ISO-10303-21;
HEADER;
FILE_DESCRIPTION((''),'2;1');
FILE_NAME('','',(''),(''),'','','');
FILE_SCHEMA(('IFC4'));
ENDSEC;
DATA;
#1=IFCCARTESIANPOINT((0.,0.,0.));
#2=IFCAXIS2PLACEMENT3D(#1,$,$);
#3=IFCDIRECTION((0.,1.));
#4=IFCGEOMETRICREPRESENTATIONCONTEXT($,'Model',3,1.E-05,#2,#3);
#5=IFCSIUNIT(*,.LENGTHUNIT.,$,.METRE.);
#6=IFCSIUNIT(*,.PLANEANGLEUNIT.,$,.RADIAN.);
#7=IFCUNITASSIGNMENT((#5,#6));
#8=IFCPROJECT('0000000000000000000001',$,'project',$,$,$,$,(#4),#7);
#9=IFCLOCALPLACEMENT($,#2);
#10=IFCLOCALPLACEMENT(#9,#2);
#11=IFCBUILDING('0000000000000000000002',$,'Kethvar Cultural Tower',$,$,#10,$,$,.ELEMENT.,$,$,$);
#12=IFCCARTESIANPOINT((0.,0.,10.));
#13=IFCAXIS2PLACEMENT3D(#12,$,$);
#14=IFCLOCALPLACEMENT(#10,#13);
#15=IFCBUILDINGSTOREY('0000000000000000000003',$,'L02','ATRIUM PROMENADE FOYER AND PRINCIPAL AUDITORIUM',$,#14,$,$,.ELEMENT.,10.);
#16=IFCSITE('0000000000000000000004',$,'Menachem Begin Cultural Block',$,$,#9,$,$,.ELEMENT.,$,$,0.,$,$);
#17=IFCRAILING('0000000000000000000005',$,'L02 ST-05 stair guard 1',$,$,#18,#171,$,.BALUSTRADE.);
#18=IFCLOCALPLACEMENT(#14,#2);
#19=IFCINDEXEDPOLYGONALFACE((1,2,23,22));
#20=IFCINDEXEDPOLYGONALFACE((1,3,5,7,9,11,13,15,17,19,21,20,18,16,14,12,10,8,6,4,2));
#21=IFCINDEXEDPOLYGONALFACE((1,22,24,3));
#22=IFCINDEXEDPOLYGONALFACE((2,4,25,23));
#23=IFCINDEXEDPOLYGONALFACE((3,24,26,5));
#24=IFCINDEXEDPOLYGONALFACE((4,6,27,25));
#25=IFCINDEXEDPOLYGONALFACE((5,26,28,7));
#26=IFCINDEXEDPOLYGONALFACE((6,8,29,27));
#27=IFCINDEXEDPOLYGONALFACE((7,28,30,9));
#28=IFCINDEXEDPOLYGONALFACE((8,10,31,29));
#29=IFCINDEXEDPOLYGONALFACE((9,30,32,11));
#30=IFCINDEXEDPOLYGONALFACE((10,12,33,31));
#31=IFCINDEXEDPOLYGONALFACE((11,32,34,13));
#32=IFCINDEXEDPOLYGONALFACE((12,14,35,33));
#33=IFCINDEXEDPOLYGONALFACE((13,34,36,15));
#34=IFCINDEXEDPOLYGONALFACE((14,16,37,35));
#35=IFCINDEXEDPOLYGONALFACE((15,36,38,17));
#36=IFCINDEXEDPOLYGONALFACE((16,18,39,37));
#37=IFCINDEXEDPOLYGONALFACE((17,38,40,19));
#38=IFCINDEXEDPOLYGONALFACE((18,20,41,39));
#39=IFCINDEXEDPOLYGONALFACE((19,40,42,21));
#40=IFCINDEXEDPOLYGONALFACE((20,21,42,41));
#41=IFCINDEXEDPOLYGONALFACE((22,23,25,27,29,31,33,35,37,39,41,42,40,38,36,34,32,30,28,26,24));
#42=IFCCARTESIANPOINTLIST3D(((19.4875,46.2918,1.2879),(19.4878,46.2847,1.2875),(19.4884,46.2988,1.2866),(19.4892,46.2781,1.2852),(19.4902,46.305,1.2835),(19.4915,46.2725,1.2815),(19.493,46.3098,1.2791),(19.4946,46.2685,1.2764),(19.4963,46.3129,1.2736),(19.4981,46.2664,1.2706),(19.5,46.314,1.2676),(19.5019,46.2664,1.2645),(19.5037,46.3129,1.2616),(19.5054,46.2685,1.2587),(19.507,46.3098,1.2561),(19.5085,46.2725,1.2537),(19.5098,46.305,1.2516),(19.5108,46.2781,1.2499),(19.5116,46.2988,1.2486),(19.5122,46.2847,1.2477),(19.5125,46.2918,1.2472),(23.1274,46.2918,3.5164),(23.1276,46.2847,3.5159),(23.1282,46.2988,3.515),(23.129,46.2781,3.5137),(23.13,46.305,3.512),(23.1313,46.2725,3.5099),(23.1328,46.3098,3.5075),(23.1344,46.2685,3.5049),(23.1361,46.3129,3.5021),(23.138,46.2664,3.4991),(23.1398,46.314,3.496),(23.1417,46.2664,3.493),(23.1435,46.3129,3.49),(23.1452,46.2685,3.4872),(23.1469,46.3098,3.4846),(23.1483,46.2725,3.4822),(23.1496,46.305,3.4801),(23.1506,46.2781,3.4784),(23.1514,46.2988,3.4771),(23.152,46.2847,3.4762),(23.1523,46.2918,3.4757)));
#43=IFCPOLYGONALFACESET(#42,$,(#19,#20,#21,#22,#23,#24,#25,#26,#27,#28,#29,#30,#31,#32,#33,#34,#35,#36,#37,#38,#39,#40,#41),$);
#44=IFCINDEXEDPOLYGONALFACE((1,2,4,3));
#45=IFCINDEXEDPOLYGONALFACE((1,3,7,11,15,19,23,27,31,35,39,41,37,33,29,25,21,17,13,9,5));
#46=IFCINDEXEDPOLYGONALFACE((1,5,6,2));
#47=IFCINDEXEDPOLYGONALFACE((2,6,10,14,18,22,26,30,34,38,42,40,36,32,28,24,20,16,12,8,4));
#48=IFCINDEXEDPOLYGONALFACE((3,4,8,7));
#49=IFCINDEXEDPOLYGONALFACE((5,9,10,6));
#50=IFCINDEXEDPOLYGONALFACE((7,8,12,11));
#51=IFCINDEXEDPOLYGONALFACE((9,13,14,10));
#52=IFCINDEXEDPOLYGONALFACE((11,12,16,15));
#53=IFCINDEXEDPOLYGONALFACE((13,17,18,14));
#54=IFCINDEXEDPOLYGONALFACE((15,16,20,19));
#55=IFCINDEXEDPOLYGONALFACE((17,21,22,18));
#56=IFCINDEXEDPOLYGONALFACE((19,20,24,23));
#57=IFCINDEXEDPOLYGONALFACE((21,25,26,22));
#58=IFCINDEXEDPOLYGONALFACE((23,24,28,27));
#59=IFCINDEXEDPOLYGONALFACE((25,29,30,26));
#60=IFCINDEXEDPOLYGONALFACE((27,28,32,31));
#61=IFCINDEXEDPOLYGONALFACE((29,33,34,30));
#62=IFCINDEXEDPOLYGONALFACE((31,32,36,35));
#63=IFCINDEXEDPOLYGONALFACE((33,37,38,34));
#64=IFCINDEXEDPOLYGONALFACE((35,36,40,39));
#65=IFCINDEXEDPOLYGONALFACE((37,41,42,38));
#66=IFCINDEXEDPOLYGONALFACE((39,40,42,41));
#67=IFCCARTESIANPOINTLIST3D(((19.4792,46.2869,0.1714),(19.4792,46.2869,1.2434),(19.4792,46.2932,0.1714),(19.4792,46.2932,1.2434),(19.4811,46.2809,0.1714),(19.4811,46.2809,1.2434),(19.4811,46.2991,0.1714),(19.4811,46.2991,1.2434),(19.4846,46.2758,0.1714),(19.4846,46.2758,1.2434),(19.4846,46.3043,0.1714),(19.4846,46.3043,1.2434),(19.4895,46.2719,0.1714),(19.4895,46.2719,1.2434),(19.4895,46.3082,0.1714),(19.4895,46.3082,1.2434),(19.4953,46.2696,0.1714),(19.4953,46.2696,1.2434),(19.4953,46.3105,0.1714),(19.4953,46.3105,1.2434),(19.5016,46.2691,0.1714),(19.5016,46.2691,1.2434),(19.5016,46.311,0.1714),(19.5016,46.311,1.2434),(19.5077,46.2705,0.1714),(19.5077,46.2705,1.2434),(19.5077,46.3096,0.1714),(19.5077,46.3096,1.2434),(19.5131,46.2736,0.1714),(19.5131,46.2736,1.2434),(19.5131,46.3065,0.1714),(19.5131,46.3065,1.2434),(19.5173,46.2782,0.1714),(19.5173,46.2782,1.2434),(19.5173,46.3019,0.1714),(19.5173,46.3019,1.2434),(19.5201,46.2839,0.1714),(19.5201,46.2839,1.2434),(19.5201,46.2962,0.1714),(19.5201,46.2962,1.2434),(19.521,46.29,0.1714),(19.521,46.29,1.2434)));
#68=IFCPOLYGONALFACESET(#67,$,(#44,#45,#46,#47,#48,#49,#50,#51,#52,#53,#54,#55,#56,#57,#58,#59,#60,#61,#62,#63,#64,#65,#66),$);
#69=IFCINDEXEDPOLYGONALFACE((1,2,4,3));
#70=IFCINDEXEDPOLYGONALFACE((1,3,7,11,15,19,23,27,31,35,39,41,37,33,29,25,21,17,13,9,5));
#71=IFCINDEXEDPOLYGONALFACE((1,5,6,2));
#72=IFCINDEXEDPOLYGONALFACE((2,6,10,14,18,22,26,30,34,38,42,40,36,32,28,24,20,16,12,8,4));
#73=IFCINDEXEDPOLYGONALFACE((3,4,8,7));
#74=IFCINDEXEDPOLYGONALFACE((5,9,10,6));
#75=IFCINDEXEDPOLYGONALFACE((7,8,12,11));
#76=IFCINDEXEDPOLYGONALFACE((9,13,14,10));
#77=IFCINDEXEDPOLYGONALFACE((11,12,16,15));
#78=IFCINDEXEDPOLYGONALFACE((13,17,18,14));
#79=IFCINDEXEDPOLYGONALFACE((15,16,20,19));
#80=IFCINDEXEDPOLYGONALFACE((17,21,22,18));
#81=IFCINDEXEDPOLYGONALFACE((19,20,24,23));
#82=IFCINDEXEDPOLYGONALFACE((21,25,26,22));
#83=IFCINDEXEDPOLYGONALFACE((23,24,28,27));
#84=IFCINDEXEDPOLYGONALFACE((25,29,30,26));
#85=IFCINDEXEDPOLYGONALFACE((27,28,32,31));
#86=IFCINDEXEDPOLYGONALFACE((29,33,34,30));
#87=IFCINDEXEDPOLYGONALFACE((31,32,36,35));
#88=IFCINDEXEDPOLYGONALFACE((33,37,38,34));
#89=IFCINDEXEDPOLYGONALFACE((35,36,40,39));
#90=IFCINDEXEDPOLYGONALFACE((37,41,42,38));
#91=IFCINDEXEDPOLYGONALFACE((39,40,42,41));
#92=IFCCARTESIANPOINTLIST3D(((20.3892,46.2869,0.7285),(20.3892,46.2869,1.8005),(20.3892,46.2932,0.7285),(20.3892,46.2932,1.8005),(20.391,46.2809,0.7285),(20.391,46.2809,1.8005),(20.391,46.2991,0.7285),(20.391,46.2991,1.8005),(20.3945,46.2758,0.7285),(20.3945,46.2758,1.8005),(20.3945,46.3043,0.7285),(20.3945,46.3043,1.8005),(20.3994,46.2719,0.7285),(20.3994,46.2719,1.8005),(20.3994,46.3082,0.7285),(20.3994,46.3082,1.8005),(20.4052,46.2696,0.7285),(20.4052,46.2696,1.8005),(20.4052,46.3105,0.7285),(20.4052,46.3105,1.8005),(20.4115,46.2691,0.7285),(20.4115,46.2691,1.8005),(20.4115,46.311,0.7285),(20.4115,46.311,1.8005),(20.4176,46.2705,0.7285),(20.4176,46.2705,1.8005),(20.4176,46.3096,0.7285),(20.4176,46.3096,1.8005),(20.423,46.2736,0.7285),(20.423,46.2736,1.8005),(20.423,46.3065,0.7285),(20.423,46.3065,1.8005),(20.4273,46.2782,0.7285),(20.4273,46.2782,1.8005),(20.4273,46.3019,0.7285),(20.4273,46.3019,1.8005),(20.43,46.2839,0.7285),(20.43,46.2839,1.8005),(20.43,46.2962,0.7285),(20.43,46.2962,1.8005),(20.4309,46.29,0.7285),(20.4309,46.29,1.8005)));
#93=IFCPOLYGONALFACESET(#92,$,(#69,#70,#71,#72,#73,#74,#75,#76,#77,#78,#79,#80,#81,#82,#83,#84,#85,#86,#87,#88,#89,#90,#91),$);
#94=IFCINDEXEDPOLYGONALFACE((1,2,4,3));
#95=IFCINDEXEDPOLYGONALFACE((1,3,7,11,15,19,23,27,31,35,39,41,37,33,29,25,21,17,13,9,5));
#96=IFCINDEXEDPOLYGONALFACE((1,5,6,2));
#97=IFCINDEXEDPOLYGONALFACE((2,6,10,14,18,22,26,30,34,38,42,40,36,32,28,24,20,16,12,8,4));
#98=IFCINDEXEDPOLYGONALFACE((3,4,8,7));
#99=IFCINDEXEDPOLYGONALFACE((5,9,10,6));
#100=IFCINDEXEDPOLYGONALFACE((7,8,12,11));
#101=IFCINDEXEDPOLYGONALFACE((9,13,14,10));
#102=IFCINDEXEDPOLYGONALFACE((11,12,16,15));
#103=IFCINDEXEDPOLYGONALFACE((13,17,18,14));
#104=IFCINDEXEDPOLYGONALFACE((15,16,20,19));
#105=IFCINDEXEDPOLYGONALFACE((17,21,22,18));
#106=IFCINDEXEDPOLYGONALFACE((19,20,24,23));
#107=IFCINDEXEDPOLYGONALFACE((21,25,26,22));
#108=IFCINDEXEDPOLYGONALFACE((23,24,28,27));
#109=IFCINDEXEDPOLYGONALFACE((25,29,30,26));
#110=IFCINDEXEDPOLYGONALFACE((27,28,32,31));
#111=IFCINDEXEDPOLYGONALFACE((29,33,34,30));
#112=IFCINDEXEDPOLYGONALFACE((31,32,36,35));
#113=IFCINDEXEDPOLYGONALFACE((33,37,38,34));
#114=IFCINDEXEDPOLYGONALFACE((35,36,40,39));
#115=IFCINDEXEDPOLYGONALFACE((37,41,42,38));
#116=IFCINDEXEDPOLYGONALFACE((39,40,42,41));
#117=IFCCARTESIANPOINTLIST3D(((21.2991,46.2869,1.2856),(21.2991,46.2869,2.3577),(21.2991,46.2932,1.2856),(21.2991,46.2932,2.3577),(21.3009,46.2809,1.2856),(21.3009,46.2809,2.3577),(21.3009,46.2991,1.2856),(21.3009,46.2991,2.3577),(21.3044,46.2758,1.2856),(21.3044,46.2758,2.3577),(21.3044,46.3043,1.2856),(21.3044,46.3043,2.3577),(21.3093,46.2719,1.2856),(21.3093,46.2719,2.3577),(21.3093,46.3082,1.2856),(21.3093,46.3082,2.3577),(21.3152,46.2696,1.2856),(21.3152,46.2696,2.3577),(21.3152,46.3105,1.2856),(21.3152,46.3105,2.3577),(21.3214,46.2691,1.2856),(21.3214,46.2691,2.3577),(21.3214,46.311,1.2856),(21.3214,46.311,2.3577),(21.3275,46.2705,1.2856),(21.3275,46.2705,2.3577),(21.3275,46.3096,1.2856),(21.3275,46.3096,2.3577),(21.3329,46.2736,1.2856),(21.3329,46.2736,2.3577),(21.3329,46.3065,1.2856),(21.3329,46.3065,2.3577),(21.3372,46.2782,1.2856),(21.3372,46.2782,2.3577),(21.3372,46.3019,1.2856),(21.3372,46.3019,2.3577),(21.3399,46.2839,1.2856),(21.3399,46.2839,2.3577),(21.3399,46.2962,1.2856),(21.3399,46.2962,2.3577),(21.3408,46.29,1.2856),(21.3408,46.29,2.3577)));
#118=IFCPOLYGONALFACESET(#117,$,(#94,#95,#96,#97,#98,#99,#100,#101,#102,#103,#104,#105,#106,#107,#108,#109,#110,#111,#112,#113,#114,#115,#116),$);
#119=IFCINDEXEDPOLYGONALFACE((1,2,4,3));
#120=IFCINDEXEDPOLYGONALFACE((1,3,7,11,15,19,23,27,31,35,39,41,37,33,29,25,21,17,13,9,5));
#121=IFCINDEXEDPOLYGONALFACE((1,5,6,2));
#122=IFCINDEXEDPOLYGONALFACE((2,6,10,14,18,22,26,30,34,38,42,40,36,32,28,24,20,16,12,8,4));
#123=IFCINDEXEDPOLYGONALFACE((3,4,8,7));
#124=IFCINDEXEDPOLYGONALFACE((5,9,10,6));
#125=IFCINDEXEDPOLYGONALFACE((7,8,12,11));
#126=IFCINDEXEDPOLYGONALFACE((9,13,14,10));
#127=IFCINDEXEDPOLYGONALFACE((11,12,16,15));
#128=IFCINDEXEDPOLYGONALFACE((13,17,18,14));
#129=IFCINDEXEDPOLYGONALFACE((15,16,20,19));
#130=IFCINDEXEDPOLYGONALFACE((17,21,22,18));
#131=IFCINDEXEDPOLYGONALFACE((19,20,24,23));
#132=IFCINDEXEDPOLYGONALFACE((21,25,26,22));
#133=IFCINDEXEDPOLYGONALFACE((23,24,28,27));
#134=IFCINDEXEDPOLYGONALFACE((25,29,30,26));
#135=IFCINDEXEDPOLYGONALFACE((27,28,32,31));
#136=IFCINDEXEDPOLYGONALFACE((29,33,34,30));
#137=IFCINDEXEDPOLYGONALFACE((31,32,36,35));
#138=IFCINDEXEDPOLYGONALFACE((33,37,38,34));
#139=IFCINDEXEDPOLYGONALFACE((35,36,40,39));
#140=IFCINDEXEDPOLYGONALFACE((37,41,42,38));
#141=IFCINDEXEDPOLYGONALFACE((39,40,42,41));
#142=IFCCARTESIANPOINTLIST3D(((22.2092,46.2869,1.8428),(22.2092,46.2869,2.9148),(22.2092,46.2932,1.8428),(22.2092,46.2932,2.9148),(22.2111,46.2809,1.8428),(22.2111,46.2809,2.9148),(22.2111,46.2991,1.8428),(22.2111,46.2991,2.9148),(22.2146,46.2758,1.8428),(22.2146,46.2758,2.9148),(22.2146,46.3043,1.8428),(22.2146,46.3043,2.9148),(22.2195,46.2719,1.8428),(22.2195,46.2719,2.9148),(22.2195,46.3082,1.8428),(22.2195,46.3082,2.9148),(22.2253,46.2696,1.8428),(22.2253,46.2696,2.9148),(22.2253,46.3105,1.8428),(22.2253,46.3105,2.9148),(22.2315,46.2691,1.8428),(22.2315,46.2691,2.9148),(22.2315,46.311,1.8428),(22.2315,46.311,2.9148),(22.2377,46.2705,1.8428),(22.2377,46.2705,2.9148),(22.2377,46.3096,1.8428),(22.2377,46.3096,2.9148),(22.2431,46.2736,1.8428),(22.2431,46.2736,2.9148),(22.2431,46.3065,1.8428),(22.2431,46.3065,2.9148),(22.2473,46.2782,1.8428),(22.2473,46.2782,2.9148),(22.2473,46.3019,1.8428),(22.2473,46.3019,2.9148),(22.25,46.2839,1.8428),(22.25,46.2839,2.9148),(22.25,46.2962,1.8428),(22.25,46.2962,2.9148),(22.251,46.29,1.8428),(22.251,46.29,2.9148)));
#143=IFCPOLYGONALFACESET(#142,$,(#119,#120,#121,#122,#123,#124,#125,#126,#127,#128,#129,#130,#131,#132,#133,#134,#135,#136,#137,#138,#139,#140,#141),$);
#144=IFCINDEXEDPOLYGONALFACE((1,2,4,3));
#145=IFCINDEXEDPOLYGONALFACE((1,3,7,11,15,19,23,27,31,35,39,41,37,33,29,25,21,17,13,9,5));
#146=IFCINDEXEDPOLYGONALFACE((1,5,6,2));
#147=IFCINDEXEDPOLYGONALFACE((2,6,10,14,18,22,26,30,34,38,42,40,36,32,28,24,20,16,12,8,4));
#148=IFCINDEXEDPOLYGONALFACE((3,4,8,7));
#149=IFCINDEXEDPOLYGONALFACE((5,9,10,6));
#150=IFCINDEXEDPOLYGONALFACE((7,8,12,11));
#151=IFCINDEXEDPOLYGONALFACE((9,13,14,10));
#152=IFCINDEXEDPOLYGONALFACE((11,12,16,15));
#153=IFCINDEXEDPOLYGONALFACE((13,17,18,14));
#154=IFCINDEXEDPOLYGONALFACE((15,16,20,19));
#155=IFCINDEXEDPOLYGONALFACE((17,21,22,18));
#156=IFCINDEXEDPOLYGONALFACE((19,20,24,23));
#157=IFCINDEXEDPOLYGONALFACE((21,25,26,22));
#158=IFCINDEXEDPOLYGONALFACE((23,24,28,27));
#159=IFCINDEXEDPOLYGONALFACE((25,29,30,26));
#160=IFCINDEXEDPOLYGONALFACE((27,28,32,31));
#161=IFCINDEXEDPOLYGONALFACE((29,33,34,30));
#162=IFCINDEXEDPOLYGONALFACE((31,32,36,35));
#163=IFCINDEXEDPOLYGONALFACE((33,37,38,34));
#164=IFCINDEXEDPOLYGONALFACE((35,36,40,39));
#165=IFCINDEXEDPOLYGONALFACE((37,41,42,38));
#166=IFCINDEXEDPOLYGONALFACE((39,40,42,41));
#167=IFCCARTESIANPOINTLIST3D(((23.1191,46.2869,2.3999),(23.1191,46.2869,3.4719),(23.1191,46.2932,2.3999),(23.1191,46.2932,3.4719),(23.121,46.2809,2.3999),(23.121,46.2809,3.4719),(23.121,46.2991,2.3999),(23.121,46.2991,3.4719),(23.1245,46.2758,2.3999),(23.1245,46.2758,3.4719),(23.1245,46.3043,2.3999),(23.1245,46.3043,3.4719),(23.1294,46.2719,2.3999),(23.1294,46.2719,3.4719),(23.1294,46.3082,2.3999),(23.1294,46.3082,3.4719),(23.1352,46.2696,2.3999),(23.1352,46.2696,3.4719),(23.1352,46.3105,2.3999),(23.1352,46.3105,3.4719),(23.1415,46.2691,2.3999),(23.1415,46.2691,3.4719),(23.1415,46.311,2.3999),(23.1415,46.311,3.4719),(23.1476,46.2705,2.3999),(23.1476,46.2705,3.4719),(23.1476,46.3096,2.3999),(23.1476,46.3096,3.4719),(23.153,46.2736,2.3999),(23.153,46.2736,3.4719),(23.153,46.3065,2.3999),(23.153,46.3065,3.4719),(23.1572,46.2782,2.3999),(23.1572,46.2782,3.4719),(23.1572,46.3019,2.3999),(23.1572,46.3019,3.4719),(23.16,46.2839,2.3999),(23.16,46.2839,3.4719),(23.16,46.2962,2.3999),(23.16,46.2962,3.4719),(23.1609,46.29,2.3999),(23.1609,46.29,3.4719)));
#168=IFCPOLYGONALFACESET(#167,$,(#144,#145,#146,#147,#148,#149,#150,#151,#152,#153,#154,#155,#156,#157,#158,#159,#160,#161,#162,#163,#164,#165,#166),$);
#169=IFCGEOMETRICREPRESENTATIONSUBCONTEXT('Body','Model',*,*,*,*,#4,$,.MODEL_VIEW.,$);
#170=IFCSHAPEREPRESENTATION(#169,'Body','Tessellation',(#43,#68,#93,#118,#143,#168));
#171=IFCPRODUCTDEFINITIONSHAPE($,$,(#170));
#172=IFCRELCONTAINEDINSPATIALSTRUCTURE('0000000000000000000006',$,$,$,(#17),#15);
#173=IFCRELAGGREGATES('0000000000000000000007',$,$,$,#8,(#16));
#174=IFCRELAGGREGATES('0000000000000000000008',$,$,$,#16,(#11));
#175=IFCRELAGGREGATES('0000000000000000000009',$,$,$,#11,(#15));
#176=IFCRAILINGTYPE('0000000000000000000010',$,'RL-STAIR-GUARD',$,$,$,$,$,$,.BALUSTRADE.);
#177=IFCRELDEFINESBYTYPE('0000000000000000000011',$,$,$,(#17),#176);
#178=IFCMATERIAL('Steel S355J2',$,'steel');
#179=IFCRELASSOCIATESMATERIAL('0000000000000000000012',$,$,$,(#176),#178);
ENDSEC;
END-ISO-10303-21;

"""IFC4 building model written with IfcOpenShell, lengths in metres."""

from ifc_helpers import new_model, si_unit, direction, frame, origin, origin_2d, place, context, subcontext, project, spatial, circle, extrude, material, type_object, element, save


model = new_model("IFC4")

# Units and contexts
model_context = context("Model", 3, precision=1e-05, world=origin(), true_north=direction((0.0, 1.0)))
body_context = subcontext(model_context, "Body", "Model", "MODEL_VIEW")
ifc_project = project(units=[si_unit("LENGTHUNIT", "METRE"), si_unit("PLANEANGLEUNIT", "RADIAN")], contexts=[model_context])

# Site, building, storey
site_placement = place(None, origin())
site = spatial("IfcSite", under=ifc_project, at=site_placement, Name="Menachem Begin Cultural Block", CompositionType="ELEMENT", RefElevation=0.0)
building_placement = place(site_placement, origin())
building = spatial("IfcBuilding", under=site, at=building_placement, Name="Kethvar Cultural Tower", CompositionType="ELEMENT")
storey_placement = place(building_placement, frame((0.0, 0.0, 10.0)))
storey = spatial("IfcBuildingStorey", under=building, at=storey_placement, Name="L02", Description="ATRIUM PROMENADE FOYER AND PRINCIPAL AUDITORIUM", CompositionType="ELEMENT", Elevation=10.0)

# Railing
ifc_material_1 = material(Name="Steel S355J2", Category="steel")
railing_type_1 = type_object("IfcRailingType", Name="RL-STAIR-GUARD", PredefinedType="BALUSTRADE", material=ifc_material_1)
railing_1_placement = place(storey_placement, frame((19.5, 46.29, 0.1714)))
element("IfcRailing", 1, at=railing_1_placement, inside=storey, type_object=railing_type_1, Name="L02 ST-05 stair guard 1", PredefinedType="BALUSTRADE", context=body_context, shape_type="SweptSolid", body=[
    extrude(circle(Radius=0.0239, at=origin_2d()), frame((0.0, 0.0, 1.0962), z_axis=(0.85285, 0.0, 0.522156), x_axis=(0.0, 1.0, 0.0)), (0.0, 0.0, 1.0), 4.2678),
    extrude(circle(Radius=0.021, at=origin_2d()), origin(), (0.0, 0.0, 1.0), 1.072),
    extrude(circle(Radius=0.021, at=origin_2d()), frame((0.9099, 0.0, 0.5571)), (0.0, 0.0, 1.0), 1.072),
    extrude(circle(Radius=0.021, at=origin_2d()), frame((1.8198, 0.0, 1.1143)), (0.0, 0.0, 1.0), 1.072),
    extrude(circle(Radius=0.021, at=origin_2d()), frame((2.73, 0.0, 1.6714)), (0.0, 0.0, 1.0), 1.072),
    extrude(circle(Radius=0.021, at=origin_2d()), frame((3.6399, 0.0, 2.2285)), (0.0, 0.0, 1.0), 1.072),
])

save(model, "model.ifc")
